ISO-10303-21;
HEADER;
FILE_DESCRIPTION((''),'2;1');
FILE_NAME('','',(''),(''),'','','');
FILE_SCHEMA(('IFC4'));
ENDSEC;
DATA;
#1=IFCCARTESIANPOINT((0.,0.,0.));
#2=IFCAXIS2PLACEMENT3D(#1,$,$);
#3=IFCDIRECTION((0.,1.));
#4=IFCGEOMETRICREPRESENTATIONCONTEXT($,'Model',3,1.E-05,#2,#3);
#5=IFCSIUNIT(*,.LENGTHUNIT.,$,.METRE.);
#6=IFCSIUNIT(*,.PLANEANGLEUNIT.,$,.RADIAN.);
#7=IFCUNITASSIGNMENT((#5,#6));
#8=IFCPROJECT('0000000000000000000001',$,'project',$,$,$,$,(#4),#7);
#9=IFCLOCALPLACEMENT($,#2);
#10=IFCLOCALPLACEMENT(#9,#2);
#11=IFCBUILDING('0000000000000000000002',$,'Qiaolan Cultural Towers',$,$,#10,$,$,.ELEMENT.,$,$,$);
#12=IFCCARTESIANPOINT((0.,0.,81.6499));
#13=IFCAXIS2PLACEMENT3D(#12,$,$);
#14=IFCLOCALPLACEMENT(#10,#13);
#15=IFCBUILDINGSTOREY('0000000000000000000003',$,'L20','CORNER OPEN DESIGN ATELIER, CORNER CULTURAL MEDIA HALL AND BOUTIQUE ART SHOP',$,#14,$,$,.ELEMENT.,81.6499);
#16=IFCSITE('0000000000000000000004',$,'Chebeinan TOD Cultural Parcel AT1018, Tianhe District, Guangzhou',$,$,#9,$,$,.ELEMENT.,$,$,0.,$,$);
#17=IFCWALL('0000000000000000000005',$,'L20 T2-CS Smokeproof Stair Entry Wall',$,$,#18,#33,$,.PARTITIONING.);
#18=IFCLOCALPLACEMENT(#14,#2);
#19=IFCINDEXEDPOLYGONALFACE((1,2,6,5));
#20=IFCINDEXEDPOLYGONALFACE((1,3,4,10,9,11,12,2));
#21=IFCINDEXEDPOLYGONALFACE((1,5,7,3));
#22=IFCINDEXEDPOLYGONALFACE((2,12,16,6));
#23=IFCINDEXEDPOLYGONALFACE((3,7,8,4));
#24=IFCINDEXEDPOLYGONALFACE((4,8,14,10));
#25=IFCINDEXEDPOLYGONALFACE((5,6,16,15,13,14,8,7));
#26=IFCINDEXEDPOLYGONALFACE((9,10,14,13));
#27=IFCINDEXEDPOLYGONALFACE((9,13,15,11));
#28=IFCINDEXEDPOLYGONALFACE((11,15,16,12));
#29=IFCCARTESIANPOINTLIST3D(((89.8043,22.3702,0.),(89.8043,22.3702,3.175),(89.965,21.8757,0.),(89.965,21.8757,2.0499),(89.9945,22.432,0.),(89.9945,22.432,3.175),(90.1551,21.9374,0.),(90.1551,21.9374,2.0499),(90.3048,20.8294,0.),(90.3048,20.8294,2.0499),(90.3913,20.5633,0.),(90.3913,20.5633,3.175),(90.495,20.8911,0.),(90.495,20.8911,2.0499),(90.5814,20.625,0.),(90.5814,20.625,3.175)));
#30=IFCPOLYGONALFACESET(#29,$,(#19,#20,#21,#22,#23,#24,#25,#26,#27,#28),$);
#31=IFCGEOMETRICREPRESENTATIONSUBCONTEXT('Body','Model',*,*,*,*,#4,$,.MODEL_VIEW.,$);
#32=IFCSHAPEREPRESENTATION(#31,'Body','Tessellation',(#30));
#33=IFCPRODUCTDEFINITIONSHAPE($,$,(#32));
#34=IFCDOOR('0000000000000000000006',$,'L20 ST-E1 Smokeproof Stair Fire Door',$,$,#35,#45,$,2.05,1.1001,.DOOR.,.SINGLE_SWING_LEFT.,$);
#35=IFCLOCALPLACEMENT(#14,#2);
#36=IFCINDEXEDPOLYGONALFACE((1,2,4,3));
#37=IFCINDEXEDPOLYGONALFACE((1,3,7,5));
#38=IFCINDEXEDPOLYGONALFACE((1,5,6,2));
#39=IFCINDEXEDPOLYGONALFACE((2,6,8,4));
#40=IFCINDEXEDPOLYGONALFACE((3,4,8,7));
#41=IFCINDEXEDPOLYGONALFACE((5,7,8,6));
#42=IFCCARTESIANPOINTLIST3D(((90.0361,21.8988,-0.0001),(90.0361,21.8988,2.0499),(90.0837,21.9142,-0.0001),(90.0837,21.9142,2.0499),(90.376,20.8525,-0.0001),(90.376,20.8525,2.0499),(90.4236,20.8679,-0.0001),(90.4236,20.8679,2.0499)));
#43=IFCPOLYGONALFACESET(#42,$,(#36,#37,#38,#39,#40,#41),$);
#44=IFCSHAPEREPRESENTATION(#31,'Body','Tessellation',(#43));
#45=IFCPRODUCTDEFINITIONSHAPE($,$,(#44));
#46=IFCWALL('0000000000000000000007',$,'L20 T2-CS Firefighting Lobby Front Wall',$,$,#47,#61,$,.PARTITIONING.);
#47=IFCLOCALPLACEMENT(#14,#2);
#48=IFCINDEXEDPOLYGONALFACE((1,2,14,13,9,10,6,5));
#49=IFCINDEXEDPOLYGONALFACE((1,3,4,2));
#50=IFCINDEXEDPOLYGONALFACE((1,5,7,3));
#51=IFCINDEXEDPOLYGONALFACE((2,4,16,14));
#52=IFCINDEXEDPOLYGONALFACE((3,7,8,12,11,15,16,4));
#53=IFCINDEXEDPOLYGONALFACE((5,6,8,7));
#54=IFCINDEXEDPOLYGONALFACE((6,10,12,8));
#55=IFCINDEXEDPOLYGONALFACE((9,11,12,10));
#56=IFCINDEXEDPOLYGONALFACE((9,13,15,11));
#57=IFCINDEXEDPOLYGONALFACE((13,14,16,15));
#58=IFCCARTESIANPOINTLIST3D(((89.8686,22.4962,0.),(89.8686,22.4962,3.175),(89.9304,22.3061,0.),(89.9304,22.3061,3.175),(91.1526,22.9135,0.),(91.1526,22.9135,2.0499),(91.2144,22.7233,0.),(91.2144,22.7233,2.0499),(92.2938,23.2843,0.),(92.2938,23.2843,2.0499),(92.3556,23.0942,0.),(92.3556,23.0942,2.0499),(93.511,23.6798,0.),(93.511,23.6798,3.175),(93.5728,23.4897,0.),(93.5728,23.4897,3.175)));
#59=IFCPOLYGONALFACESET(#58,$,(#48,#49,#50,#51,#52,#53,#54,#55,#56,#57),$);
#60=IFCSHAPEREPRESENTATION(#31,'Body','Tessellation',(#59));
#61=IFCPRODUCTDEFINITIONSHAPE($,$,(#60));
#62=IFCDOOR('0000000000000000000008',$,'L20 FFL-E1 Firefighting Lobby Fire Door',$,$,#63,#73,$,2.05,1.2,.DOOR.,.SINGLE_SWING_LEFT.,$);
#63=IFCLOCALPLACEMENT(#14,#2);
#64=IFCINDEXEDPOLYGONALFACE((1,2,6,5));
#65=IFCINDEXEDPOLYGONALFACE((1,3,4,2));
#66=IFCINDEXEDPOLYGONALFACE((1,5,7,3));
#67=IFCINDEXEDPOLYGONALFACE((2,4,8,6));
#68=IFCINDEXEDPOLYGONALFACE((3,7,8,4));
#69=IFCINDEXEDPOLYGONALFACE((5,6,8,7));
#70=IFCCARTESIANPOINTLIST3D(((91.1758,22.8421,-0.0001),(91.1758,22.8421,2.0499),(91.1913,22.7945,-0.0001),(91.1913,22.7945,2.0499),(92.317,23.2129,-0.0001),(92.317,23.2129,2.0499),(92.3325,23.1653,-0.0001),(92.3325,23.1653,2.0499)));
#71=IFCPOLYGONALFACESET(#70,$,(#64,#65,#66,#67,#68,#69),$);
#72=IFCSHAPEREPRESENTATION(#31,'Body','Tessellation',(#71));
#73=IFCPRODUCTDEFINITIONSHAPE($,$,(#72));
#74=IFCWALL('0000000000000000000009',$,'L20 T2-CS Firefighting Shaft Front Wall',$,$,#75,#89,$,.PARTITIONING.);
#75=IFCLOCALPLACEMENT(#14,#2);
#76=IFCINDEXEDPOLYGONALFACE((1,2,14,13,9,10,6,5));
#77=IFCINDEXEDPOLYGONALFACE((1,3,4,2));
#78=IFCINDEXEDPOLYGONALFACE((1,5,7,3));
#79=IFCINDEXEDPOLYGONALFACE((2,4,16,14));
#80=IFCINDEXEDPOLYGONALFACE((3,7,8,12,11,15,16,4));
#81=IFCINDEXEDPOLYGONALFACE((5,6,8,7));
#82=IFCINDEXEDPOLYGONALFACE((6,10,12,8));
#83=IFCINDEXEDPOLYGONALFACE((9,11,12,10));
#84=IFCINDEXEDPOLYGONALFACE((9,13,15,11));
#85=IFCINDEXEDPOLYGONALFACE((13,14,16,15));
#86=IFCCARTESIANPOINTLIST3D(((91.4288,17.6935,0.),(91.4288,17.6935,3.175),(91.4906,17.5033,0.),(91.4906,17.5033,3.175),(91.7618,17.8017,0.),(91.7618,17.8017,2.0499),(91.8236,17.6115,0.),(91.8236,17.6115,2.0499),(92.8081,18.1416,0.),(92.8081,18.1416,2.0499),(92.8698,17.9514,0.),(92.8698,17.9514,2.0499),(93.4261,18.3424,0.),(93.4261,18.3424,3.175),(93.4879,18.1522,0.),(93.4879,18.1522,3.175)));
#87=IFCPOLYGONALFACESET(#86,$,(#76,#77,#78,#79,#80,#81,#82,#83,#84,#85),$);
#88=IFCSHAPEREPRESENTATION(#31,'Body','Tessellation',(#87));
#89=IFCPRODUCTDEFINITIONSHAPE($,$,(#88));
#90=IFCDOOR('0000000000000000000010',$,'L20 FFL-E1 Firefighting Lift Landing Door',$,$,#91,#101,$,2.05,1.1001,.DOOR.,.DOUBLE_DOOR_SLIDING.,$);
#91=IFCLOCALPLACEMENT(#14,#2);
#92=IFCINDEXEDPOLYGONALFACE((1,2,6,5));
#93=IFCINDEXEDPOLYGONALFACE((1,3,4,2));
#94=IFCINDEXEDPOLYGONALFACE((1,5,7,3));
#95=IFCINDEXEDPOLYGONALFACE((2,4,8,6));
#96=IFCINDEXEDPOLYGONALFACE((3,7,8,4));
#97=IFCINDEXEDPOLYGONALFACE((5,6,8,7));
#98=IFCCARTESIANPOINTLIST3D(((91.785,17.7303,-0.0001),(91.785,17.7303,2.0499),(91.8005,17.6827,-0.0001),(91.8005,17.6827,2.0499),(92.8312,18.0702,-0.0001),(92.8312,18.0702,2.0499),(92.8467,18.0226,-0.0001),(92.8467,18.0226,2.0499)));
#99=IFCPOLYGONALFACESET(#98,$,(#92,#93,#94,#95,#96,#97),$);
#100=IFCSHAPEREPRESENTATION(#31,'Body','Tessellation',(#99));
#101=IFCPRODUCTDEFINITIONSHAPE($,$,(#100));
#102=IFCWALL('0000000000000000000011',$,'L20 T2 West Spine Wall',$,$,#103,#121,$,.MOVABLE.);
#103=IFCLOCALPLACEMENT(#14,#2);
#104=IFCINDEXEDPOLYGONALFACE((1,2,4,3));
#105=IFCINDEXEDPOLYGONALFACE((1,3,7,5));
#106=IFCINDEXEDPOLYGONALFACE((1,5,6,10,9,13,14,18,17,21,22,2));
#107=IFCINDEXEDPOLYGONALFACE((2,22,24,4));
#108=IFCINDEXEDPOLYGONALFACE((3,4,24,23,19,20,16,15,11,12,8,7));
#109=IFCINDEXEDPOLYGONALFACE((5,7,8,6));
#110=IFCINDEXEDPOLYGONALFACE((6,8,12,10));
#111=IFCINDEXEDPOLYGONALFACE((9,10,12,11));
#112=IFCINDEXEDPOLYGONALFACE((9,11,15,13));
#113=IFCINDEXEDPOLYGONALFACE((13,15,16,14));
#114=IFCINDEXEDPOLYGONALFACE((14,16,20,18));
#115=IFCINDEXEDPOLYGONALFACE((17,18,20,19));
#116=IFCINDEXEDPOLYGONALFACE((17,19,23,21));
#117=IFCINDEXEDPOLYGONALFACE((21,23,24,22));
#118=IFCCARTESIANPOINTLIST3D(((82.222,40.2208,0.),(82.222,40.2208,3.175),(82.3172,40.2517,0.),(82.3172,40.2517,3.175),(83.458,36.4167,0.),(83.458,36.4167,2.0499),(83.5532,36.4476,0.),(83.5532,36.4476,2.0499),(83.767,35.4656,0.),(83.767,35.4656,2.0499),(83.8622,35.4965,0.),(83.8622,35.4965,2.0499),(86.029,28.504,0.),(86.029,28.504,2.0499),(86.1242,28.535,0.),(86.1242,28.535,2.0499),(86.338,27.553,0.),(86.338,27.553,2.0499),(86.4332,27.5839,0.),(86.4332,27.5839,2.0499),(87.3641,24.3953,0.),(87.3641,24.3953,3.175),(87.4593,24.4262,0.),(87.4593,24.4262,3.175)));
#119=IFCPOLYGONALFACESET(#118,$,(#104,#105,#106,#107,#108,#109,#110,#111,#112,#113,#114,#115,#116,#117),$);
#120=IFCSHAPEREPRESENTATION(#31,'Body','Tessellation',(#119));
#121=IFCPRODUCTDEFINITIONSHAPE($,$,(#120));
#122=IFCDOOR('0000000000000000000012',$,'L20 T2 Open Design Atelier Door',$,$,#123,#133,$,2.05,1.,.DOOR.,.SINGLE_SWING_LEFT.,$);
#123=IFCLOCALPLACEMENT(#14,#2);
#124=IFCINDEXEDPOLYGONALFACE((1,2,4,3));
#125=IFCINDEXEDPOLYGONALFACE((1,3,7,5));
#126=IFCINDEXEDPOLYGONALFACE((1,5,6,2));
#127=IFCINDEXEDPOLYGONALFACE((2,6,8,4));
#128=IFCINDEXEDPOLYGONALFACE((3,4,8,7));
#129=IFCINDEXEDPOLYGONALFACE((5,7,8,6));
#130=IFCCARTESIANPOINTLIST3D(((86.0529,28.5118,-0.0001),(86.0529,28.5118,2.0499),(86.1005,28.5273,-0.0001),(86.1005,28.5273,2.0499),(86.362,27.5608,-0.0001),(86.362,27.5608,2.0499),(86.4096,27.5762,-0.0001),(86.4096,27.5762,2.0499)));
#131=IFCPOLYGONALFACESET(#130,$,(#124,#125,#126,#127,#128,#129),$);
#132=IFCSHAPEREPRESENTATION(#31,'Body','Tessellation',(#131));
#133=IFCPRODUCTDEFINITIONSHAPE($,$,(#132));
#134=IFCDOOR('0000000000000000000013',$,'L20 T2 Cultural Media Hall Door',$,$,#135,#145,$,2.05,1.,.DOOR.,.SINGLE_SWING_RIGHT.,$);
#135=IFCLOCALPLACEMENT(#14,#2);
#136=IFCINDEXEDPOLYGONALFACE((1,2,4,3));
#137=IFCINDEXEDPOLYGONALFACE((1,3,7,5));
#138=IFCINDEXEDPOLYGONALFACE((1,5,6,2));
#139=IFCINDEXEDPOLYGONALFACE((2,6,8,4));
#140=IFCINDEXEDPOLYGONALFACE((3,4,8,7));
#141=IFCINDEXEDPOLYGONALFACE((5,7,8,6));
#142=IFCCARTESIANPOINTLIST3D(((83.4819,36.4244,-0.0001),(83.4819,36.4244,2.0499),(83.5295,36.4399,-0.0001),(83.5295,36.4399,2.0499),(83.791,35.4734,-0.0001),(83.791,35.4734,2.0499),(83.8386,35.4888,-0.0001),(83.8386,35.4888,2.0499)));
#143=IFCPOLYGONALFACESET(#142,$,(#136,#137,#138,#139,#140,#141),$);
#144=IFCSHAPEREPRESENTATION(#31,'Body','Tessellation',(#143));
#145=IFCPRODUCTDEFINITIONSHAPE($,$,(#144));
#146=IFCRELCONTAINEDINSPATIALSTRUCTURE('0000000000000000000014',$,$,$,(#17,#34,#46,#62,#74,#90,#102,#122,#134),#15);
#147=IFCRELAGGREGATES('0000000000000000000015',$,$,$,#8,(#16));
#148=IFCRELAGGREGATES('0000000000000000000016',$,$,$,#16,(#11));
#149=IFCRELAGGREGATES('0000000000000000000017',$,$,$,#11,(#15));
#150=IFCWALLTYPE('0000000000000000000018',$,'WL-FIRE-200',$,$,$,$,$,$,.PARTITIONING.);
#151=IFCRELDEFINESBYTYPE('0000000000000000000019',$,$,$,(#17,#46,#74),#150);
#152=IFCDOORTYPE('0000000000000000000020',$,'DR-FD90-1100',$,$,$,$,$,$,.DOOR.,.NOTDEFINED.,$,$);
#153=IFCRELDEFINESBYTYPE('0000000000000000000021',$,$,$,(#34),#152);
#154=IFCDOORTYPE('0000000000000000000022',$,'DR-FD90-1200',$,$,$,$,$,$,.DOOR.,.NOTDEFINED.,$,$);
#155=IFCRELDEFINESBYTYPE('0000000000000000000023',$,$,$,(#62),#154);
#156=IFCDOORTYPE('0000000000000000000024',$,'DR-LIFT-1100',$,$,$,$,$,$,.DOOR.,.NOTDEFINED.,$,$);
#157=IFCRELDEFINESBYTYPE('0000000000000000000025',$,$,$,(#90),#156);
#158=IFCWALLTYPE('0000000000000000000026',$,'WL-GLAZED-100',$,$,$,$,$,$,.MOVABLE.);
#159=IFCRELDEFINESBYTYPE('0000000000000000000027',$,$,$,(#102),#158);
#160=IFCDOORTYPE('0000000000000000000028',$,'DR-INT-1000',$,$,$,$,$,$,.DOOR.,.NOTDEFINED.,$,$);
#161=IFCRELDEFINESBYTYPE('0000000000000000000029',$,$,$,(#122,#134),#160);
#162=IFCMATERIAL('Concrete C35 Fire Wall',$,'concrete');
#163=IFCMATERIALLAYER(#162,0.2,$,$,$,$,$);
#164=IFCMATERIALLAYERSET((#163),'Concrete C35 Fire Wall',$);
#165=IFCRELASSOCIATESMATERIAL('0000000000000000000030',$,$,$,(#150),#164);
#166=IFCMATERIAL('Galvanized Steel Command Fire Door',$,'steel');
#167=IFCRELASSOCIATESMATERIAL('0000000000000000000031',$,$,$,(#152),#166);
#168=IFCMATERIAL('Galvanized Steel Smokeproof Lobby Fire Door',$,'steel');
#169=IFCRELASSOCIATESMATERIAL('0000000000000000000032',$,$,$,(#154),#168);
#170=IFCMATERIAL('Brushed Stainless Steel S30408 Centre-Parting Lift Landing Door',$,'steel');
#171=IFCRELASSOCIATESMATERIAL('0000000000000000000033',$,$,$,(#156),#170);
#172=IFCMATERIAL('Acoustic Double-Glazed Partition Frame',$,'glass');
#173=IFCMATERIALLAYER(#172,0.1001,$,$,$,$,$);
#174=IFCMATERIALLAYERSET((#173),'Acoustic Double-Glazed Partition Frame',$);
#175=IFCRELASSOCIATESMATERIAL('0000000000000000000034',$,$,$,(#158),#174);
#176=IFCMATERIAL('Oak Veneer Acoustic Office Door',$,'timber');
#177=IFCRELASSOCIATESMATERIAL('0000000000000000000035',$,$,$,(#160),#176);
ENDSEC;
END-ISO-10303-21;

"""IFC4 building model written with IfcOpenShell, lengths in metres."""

from ifc_helpers import new_model, si_unit, direction, frame, frame_2d, origin, place, context, subcontext, project, spatial, rectangle, extrude, material, layer, layer_set, type_object, element, fill, save


model = new_model("IFC4")

# Units and contexts
model_context = context("Model", 3, precision=1e-05, world=origin(), true_north=direction((0.0, 1.0)))
body_context = subcontext(model_context, "Body", "Model", "MODEL_VIEW")
ifc_project = project(units=[si_unit("LENGTHUNIT", "METRE"), si_unit("PLANEANGLEUNIT", "RADIAN")], contexts=[model_context])

# Site, building, storey
site_placement = place(None, origin())
site = spatial("IfcSite", under=ifc_project, at=site_placement, Name="Chebeinan TOD Cultural Parcel AT1018, Tianhe District, Guangzhou", CompositionType="ELEMENT", RefElevation=0.0)
building_placement = place(site_placement, origin())
building = spatial("IfcBuilding", under=site, at=building_placement, Name="Qiaolan Cultural Towers", CompositionType="ELEMENT")
storey_placement = place(building_placement, frame((0.0, 0.0, 81.6499)))
storey = spatial("IfcBuildingStorey", under=building, at=storey_placement, Name="L20", Description="CORNER OPEN DESIGN ATELIER, CORNER CULTURAL MEDIA HALL AND BOUTIQUE ART SHOP", CompositionType="ELEMENT", Elevation=81.6499)

# Walls, openings, doors
ifc_material_1 = material(Name="Concrete C35 Fire Wall", Category="concrete")
ifc_layer_1 = layer(ifc_material_1, 0.2)
ifc_layer_set_1 = layer_set([ifc_layer_1], Name="Concrete C35 Fire Wall")
wall_type_1 = type_object("IfcWallType", Name="WL-FIRE-200", PredefinedType="PARTITIONING", material=ifc_layer_set_1)
wall_1_placement = place(storey_placement, frame((89.8994, 22.4011, 0.0), z_axis=(0.0, 0.0, 1.0), x_axis=(0.308932, -0.951084, 0.0)))
wall_1 = element("IfcWall", 1, at=wall_1_placement, inside=storey, type_object=wall_type_1, Name="L20 T2-CS Smokeproof Stair Entry Wall", PredefinedType="PARTITIONING", context=body_context, shape_type="SweptSolid", body=[
    extrude(rectangle(XDim=1.8999, YDim=0.2, at=frame_2d((0.95, 0.0))), origin(), (0.0, 0.0, 1.0), 3.175),
])
opening_1_placement = place(wall_1_placement, frame((0.52, 0.0, 0.0)))
opening_1 = element("IfcOpeningElement", 2, at=opening_1_placement, cuts=wall_1, PredefinedType="OPENING", context=body_context, shape_type="SweptSolid", body=[
    extrude(rectangle(XDim=1.1001, YDim=2.05, at=frame_2d((0.55, 1.0249))), frame((0.0, 0.1099, 0.0), z_axis=(0.0, -1.0, 0.0), x_axis=(1.0, 0.0, 0.0)), (0.0, 0.0, 1.0), 0.22),
])
ifc_material_2 = material(Name="Galvanized Steel Command Fire Door", Category="steel")
door_type_1 = type_object("IfcDoorType", Name="DR-FD90-1100", OperationType="NOTDEFINED", PredefinedType="DOOR", material=ifc_material_2)
door_1_placement = place(opening_1_placement, origin())
door_1 = element("IfcDoor", 3, at=door_1_placement, inside=storey, type_object=door_type_1, Name="L20 ST-E1 Smokeproof Stair Fire Door", OperationType="SINGLE_SWING_LEFT", OverallHeight=2.05, OverallWidth=1.1001, PredefinedType="DOOR", context=body_context, shape_type="SweptSolid", body=[
    extrude(rectangle(XDim=1.1001, YDim=2.05, at=frame_2d((0.55, 1.0249))), frame((0.0, 0.0249, 0.0), z_axis=(0.0, -1.0, 0.0), x_axis=(1.0, 0.0, 0.0)), (0.0, 0.0, 1.0), 0.05),
])
fill(opening_1, door_1)
wall_2_placement = place(storey_placement, frame((89.8994, 22.4011, 0.0), z_axis=(0.0, 0.0, 1.0), x_axis=(0.951047, 0.309047, 0.0)))
wall_2 = element("IfcWall", 4, at=wall_2_placement, inside=storey, type_object=wall_type_1, Name="L20 T2-CS Firefighting Lobby Front Wall", PredefinedType="PARTITIONING", context=body_context, shape_type="SweptSolid", body=[
    extrude(rectangle(XDim=3.8298, YDim=0.2, at=frame_2d((1.915, 0.0))), origin(), (0.0, 0.0, 1.0), 3.175),
])
opening_2_placement = place(wall_2_placement, frame((1.3501, 0.0, 0.0)))
opening_2 = element("IfcOpeningElement", 5, at=opening_2_placement, cuts=wall_2, PredefinedType="OPENING", context=body_context, shape_type="SweptSolid", body=[
    extrude(rectangle(XDim=1.2, YDim=2.05, at=frame_2d((0.6001, 1.0249))), frame((0.0, 0.1099, 0.0), z_axis=(0.0, -1.0, 0.0), x_axis=(1.0, 0.0, 0.0)), (0.0, 0.0, 1.0), 0.22),
])
ifc_material_3 = material(Name="Galvanized Steel Smokeproof Lobby Fire Door", Category="steel")
door_type_2 = type_object("IfcDoorType", Name="DR-FD90-1200", OperationType="NOTDEFINED", PredefinedType="DOOR", material=ifc_material_3)
door_2_placement = place(opening_2_placement, origin())
door_2 = element("IfcDoor", 6, at=door_2_placement, inside=storey, type_object=door_type_2, Name="L20 FFL-E1 Firefighting Lobby Fire Door", OperationType="SINGLE_SWING_LEFT", OverallHeight=2.05, OverallWidth=1.2, PredefinedType="DOOR", context=body_context, shape_type="SweptSolid", body=[
    extrude(rectangle(XDim=1.2, YDim=2.05, at=frame_2d((0.6001, 1.0249))), frame((0.0, 0.0249, 0.0), z_axis=(0.0, -1.0, 0.0), x_axis=(1.0, 0.0, 0.0)), (0.0, 0.0, 1.0), 0.05),
])
fill(opening_2, door_2)
wall_3_placement = place(storey_placement, frame((91.4597, 17.5984, 0.0), z_axis=(0.0, 0.0, 1.0), x_axis=(0.951062, 0.308999, 0.0)))
wall_3 = element("IfcWall", 7, at=wall_3_placement, inside=storey, type_object=wall_type_1, Name="L20 T2-CS Firefighting Shaft Front Wall", PredefinedType="PARTITIONING", context=body_context, shape_type="SweptSolid", body=[
    extrude(rectangle(XDim=2.1001, YDim=0.2, at=frame_2d((1.05, 0.0))), origin(), (0.0, 0.0, 1.0), 3.175),
])
opening_3_placement = place(wall_3_placement, frame((0.3501, 0.0, 0.0)))
opening_3 = element("IfcOpeningElement", 8, at=opening_3_placement, cuts=wall_3, PredefinedType="OPENING", context=body_context, shape_type="SweptSolid", body=[
    extrude(rectangle(XDim=1.1001, YDim=2.05, at=frame_2d((0.55, 1.0249))), frame((0.0, 0.1099, 0.0), z_axis=(0.0, -1.0, 0.0), x_axis=(1.0, 0.0, 0.0)), (0.0, 0.0, 1.0), 0.22),
])
ifc_material_4 = material(Name="Brushed Stainless Steel S30408 Centre-Parting Lift Landing Door", Category="steel")
door_type_3 = type_object("IfcDoorType", Name="DR-LIFT-1100", OperationType="NOTDEFINED", PredefinedType="DOOR", material=ifc_material_4)
door_3_placement = place(opening_3_placement, origin())
door_3 = element("IfcDoor", 9, at=door_3_placement, inside=storey, type_object=door_type_3, Name="L20 FFL-E1 Firefighting Lift Landing Door", OperationType="DOUBLE_DOOR_SLIDING", OverallHeight=2.05, OverallWidth=1.1001, PredefinedType="DOOR", context=body_context, shape_type="SweptSolid", body=[
    extrude(rectangle(XDim=1.1001, YDim=2.05, at=frame_2d((0.55, 1.0249))), frame((0.0, 0.0249, 0.0), z_axis=(0.0, -1.0, 0.0), x_axis=(1.0, 0.0, 0.0)), (0.0, 0.0, 1.0), 0.05),
])
fill(opening_3, door_3)

# Wall, openings, doors
ifc_material_5 = material(Name="Acoustic Double-Glazed Partition Frame", Category="glass")
ifc_layer_2 = layer(ifc_material_5, 0.1001)
ifc_layer_set_2 = layer_set([ifc_layer_2], Name="Acoustic Double-Glazed Partition Frame")
wall_type_2 = type_object("IfcWallType", Name="WL-GLAZED-100", PredefinedType="MOVABLE", material=ifc_layer_set_2)
wall_4_placement = place(storey_placement, frame((87.4116, 24.4109, 0.0), z_axis=(0.0, 0.0, 1.0), x_axis=(-0.309022, 0.951055, 0.0)))
wall_4 = element("IfcWall", 10, at=wall_4_placement, inside=storey, type_object=wall_type_2, Name="L20 T2 West Spine Wall", PredefinedType="MOVABLE", context=body_context, shape_type="SweptSolid", body=[
    extrude(rectangle(XDim=16.6399, YDim=0.1001, at=frame_2d((8.3198, 0.0))), origin(), (0.0, 0.0, 1.0), 3.175),
])
opening_4_placement = place(wall_4_placement, frame((3.3201, 0.0, 0.0)))
opening_4 = element("IfcOpeningElement", 11, at=opening_4_placement, cuts=wall_4, PredefinedType="OPENING", context=body_context, shape_type="SweptSolid", body=[
    extrude(rectangle(XDim=1.0, YDim=2.05, at=frame_2d((0.5, 1.0249))), frame((0.0, 0.0601, 0.0), z_axis=(0.0, -1.0, 0.0), x_axis=(1.0, 0.0, 0.0)), (0.0, 0.0, 1.0), 0.1201),
])
opening_5_placement = place(wall_4_placement, frame((11.6399, 0.0, 0.0)))
opening_5 = element("IfcOpeningElement", 12, at=opening_5_placement, cuts=wall_4, PredefinedType="OPENING", context=body_context, shape_type="SweptSolid", body=[
    extrude(rectangle(XDim=1.0, YDim=2.05, at=frame_2d((0.5, 1.0249))), frame((0.0, 0.0601, 0.0), z_axis=(0.0, -1.0, 0.0), x_axis=(1.0, 0.0, 0.0)), (0.0, 0.0, 1.0), 0.1201),
])
ifc_material_6 = material(Name="Oak Veneer Acoustic Office Door", Category="timber")
door_type_4 = type_object("IfcDoorType", Name="DR-INT-1000", OperationType="NOTDEFINED", PredefinedType="DOOR", material=ifc_material_6)
door_4_placement = place(opening_4_placement, origin())
door_4 = element("IfcDoor", 13, at=door_4_placement, inside=storey, type_object=door_type_4, Name="L20 T2 Open Design Atelier Door", OperationType="SINGLE_SWING_LEFT", OverallHeight=2.05, OverallWidth=1.0, PredefinedType="DOOR", context=body_context, shape_type="SweptSolid", body=[
    extrude(rectangle(XDim=1.0, YDim=2.05, at=frame_2d((0.5, 1.0249))), frame((0.0, 0.0249, 0.0), z_axis=(0.0, -1.0, 0.0), x_axis=(1.0, 0.0, 0.0)), (0.0, 0.0, 1.0), 0.05),
])
fill(opening_4, door_4)
door_5_placement = place(opening_5_placement, origin())
door_5 = element("IfcDoor", 14, at=door_5_placement, inside=storey, type_object=door_type_4, Name="L20 T2 Cultural Media Hall Door", OperationType="SINGLE_SWING_RIGHT", OverallHeight=2.05, OverallWidth=1.0, PredefinedType="DOOR", context=body_context, shape_type="SweptSolid", body=[
    extrude(rectangle(XDim=1.0, YDim=2.05, at=frame_2d((0.5, 1.0249))), frame((0.0, 0.0249, 0.0), z_axis=(0.0, -1.0, 0.0), x_axis=(1.0, 0.0, 0.0)), (0.0, 0.0, 1.0), 0.05),
])
fill(opening_5, door_5)

save(model, "model.ifc")
